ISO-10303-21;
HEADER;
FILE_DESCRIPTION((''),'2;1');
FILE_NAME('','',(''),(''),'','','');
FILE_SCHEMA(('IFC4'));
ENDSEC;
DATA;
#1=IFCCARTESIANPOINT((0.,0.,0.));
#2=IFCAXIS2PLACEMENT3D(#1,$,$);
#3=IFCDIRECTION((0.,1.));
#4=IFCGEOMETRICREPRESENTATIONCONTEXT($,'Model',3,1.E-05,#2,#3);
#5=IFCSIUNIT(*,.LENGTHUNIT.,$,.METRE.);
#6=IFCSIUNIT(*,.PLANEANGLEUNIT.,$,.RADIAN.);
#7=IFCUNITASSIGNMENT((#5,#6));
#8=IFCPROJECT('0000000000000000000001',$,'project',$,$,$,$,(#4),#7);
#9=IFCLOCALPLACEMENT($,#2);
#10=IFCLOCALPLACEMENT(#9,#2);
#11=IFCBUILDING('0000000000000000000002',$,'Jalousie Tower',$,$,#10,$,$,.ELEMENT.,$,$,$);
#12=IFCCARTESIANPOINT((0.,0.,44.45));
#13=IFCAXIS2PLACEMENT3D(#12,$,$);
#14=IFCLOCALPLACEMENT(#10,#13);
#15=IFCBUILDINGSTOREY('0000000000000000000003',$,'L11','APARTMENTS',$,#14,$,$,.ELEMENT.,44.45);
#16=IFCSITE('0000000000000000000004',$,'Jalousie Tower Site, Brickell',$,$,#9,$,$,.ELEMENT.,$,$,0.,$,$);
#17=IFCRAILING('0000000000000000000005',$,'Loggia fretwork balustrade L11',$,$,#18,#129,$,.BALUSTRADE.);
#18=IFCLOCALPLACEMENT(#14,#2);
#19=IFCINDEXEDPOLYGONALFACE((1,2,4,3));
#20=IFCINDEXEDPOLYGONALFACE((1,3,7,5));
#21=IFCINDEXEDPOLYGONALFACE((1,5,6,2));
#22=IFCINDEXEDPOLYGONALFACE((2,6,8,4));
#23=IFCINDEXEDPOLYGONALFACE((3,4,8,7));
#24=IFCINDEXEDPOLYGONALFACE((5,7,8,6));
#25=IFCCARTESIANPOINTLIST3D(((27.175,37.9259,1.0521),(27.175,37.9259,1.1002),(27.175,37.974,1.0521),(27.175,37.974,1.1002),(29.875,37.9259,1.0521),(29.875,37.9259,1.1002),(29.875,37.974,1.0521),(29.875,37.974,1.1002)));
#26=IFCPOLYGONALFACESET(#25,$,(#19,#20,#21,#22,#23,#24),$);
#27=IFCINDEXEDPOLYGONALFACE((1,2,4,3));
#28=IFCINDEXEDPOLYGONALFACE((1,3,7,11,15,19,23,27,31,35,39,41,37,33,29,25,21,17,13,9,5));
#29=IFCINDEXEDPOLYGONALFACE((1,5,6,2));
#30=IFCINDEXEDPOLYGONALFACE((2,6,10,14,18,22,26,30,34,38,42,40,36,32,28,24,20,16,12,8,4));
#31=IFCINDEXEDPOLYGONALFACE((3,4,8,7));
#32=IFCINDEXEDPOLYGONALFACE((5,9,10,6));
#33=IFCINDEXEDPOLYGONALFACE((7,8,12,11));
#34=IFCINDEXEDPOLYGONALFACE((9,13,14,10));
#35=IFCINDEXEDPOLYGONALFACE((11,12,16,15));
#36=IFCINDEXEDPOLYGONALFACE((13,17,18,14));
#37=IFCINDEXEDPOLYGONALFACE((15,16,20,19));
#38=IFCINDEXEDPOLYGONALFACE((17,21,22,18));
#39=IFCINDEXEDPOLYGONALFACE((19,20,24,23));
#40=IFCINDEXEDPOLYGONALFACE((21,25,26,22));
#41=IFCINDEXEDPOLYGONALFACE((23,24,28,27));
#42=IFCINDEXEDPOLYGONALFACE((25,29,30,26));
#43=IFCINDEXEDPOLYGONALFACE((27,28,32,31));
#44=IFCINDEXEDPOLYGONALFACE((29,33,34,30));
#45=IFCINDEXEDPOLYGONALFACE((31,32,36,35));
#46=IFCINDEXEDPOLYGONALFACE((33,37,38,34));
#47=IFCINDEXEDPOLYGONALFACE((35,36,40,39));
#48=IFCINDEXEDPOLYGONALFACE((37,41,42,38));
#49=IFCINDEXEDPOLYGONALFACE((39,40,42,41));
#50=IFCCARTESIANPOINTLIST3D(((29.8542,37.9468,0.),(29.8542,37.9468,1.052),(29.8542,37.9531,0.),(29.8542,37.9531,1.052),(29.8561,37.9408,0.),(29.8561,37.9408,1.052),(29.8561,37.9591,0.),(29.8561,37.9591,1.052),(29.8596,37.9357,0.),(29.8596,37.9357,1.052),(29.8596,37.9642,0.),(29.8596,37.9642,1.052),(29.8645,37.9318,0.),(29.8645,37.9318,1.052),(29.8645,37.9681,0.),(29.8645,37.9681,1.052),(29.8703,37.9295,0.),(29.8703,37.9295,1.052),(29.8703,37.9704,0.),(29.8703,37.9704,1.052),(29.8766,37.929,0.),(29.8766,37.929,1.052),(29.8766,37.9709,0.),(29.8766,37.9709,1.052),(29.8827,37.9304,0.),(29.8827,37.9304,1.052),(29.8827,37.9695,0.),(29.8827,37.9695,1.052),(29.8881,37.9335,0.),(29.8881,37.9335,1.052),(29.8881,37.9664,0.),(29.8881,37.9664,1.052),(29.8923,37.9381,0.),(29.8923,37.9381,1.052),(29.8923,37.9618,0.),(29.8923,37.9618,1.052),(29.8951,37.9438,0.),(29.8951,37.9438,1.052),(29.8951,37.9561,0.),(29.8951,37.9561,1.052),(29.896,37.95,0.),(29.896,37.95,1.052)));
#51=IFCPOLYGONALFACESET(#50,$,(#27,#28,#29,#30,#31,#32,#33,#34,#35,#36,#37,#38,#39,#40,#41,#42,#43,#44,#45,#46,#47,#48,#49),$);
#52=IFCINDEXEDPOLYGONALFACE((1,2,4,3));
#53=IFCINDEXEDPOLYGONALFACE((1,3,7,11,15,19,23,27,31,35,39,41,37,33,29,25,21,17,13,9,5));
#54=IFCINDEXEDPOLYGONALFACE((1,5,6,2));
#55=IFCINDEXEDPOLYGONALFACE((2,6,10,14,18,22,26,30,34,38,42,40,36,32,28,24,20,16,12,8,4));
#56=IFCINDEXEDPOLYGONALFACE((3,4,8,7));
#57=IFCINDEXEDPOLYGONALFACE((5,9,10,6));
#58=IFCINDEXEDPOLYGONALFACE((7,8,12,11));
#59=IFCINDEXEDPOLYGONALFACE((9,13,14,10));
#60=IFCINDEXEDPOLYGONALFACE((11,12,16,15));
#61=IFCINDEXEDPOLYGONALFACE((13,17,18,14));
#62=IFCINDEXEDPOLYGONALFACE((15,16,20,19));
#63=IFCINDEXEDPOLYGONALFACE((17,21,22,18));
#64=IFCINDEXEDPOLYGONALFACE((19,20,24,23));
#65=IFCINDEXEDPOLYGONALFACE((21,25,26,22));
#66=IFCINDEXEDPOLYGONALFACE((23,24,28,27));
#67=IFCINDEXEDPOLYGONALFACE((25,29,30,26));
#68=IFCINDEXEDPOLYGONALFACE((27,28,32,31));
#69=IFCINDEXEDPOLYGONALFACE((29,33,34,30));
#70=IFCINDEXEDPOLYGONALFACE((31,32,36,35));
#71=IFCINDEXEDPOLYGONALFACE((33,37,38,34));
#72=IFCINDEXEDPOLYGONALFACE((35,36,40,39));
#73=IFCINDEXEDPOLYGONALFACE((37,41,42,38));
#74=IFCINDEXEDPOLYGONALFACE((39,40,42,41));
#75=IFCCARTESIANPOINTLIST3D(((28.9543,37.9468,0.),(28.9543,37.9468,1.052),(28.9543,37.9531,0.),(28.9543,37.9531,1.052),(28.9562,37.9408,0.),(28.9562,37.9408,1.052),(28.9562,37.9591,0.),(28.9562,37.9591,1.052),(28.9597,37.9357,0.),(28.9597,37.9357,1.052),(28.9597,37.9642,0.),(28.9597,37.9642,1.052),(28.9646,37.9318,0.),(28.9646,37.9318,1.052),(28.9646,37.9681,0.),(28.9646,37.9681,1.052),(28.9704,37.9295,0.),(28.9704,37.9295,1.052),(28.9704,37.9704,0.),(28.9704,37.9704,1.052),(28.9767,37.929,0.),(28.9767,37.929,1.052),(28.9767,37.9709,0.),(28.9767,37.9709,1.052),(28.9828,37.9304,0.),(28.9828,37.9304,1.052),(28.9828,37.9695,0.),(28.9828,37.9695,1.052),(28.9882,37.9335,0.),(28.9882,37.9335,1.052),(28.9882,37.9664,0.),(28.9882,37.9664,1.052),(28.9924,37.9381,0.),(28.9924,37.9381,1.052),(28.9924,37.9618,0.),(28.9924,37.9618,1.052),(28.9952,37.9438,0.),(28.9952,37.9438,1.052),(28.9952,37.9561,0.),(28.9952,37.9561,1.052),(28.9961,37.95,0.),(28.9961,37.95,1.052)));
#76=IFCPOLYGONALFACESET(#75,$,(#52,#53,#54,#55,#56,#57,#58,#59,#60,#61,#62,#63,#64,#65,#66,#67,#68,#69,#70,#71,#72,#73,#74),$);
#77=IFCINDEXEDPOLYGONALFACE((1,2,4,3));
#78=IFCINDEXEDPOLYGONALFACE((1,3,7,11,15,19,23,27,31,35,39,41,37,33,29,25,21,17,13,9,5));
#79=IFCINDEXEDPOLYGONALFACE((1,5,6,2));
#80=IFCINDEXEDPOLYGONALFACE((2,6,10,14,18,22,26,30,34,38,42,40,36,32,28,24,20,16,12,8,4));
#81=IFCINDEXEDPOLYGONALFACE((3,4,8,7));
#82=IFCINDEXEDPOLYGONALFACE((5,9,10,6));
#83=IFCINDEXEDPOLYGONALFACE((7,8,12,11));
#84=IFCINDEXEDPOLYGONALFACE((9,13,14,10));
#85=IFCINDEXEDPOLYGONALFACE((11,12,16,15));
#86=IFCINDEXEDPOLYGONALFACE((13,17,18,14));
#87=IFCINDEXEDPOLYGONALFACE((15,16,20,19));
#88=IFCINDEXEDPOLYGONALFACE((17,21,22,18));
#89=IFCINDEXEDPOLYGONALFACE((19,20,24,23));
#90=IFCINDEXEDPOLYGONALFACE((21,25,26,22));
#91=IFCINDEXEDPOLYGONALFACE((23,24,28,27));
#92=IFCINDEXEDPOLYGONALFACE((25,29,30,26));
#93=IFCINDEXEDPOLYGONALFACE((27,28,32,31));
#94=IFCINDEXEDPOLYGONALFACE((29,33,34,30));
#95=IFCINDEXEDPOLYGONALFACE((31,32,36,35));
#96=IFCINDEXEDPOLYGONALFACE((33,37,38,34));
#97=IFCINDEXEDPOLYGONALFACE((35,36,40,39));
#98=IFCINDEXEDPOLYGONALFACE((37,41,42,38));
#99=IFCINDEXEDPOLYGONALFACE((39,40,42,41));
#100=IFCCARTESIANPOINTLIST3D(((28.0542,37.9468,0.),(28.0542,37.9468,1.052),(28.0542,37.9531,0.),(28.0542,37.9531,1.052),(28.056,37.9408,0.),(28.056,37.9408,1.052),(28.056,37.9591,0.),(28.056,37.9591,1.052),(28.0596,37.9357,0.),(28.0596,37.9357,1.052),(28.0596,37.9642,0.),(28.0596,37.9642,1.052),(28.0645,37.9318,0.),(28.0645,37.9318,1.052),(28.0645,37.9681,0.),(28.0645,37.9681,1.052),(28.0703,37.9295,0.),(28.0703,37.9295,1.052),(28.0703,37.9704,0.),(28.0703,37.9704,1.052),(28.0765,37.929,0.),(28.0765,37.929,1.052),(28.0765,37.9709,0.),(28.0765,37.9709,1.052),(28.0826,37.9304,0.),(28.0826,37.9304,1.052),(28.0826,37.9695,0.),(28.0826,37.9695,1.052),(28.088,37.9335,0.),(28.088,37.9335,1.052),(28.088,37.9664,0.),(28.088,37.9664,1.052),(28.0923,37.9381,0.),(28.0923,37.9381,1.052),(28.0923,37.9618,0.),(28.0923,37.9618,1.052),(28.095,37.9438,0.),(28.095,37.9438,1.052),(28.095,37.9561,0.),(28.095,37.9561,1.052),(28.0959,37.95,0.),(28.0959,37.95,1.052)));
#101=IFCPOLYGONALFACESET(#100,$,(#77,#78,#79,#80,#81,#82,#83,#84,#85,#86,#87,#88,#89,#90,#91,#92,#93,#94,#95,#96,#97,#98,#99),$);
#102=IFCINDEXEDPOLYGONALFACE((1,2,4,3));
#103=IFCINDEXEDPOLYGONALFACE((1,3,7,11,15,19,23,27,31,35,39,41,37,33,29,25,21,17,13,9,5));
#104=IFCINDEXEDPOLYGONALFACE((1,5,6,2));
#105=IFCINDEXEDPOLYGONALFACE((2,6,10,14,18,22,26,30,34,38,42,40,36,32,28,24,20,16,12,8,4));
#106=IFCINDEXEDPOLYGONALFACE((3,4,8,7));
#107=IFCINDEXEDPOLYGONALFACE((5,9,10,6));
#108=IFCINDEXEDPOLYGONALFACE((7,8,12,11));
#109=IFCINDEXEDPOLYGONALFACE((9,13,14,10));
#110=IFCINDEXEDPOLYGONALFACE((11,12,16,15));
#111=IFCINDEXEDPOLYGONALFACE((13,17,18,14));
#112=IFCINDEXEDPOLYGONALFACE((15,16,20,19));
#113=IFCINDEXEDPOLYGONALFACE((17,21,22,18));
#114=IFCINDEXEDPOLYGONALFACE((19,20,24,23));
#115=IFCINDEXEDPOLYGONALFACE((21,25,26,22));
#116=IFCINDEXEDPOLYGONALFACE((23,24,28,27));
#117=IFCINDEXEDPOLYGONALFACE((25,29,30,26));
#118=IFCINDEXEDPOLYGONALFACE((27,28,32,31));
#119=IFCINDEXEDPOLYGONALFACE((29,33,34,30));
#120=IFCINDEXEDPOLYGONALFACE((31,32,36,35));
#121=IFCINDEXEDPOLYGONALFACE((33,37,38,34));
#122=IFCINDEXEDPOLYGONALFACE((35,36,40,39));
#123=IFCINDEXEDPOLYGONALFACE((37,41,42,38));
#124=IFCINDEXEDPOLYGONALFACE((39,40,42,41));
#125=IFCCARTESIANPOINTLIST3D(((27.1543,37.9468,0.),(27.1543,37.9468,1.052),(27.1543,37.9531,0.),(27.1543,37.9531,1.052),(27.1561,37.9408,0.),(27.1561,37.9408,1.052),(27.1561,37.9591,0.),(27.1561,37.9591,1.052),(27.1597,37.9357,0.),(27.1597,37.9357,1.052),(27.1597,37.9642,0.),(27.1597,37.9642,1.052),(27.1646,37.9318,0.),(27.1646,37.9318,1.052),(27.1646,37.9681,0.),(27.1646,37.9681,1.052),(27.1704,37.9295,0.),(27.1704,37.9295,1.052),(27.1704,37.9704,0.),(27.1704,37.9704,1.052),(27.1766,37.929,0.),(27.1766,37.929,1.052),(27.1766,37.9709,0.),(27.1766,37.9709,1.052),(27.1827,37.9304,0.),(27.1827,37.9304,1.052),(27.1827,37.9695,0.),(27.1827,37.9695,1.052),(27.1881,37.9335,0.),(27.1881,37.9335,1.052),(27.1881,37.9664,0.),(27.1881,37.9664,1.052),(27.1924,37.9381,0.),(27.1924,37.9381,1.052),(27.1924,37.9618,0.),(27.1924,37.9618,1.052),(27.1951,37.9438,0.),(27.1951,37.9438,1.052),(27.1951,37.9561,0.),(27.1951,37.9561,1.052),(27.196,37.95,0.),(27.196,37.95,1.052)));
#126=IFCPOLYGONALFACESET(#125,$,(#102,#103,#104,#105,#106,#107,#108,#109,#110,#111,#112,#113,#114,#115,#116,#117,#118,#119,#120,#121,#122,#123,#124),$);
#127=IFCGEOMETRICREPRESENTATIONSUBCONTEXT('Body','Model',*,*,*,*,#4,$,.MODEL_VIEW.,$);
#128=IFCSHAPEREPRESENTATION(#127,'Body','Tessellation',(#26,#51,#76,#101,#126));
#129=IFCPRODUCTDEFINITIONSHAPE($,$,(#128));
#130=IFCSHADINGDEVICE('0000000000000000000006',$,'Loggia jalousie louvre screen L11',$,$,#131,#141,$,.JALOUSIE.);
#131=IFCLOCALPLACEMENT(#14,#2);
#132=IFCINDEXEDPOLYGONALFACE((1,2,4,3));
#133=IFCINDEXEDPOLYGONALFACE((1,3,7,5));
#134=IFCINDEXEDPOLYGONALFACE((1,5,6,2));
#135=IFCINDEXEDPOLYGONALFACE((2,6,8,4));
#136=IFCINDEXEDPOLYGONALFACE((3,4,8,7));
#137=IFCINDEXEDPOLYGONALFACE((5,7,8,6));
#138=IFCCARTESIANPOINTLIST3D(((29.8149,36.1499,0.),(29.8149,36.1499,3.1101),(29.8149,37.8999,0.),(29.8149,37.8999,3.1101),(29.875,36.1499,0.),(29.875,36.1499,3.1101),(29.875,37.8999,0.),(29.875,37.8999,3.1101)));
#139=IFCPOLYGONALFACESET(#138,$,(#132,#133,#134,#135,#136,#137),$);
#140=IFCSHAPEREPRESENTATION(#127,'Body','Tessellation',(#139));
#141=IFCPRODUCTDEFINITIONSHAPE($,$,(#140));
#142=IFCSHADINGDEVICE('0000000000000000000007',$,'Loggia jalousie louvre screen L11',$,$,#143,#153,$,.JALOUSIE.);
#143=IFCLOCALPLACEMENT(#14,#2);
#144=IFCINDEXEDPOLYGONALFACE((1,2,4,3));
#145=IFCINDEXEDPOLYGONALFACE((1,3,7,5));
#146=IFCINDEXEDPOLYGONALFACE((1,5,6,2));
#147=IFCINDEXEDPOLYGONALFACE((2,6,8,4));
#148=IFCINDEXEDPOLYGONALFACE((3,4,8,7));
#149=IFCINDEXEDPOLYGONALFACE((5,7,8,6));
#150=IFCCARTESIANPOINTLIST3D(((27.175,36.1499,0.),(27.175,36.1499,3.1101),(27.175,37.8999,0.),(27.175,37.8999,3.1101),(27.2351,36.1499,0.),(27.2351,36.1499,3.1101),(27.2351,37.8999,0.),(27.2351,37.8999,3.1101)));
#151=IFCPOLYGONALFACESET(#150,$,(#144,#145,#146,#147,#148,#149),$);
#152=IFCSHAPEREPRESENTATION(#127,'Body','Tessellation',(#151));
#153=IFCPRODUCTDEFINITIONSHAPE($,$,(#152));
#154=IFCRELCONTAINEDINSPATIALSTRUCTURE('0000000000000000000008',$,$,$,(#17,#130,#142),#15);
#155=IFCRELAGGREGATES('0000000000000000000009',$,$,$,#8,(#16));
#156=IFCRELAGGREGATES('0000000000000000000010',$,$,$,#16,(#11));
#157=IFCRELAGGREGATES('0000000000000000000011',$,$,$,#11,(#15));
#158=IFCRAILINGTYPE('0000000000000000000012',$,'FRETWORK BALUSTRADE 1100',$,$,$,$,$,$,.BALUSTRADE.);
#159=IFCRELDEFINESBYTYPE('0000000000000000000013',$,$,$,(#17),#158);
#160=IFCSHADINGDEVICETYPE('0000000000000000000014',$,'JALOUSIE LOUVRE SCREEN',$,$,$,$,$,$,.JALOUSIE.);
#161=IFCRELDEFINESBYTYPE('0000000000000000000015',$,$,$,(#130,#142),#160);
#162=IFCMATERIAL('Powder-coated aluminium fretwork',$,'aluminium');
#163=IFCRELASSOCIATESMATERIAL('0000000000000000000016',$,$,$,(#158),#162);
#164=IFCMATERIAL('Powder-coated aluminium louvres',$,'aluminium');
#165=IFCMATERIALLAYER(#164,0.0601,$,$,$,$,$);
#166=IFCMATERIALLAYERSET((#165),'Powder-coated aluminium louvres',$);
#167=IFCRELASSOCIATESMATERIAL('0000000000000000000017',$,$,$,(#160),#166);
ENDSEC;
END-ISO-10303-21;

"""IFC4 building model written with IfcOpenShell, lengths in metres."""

from ifc_helpers import new_model, si_unit, direction, frame, origin, origin_2d, place, context, subcontext, project, spatial, rectangle, circle, extrude, material, layer, layer_set, type_object, element, save


model = new_model("IFC4")

# Units and contexts
model_context = context("Model", 3, precision=1e-05, world=origin(), true_north=direction((0.0, 1.0)))
body_context = subcontext(model_context, "Body", "Model", "MODEL_VIEW")
ifc_project = project(units=[si_unit("LENGTHUNIT", "METRE"), si_unit("PLANEANGLEUNIT", "RADIAN")], contexts=[model_context])

# Site, building, storey
site_placement = place(None, origin())
site = spatial("IfcSite", under=ifc_project, at=site_placement, Name="Jalousie Tower Site, Brickell", CompositionType="ELEMENT", RefElevation=0.0)
building_placement = place(site_placement, origin())
building = spatial("IfcBuilding", under=site, at=building_placement, Name="Jalousie Tower", CompositionType="ELEMENT")
storey_placement = place(building_placement, frame((0.0, 0.0, 44.45)))
storey = spatial("IfcBuildingStorey", under=building, at=storey_placement, Name="L11", Description="APARTMENTS", CompositionType="ELEMENT", Elevation=44.45)

# Railing
ifc_material_1 = material(Name="Powder-coated aluminium fretwork", Category="aluminium")
railing_type = type_object("IfcRailingType", Name="FRETWORK BALUSTRADE 1100", PredefinedType="BALUSTRADE", material=ifc_material_1)
railing_placement = place(storey_placement, frame((29.875, 37.95, 0.0)))
element("IfcRailing", 1, at=railing_placement, inside=storey, type_object=railing_type, Name="Loggia fretwork balustrade L11", PredefinedType="BALUSTRADE", context=body_context, shape_type="SweptSolid", body=[
    extrude(rectangle(XDim=0.0481, YDim=0.0481, at=origin_2d()), frame((0.0, 0.0, 1.0762), z_axis=(-1.0, 0.0, 0.0), x_axis=(0.0, -1.0, 0.0)), (0.0, 0.0, 1.0), 2.7),
    extrude(circle(Radius=0.021, at=origin_2d()), origin(), (0.0, 0.0, 1.0), 1.052),
    extrude(circle(Radius=0.021, at=origin_2d()), frame((-0.8999, 0.0, 0.0)), (0.0, 0.0, 1.0), 1.052),
    extrude(circle(Radius=0.021, at=origin_2d()), frame((-1.8, 0.0, 0.0)), (0.0, 0.0, 1.0), 1.052),
    extrude(circle(Radius=0.021, at=origin_2d()), frame((-2.7, 0.0, 0.0)), (0.0, 0.0, 1.0), 1.052),
])

# Shading devices
ifc_material_2 = material(Name="Powder-coated aluminium louvres", Category="aluminium")
ifc_layer_1 = layer(ifc_material_2, 0.0601)
ifc_layer_set_1 = layer_set([ifc_layer_1], Name="Powder-coated aluminium louvres")
shading_device_type_1 = type_object("IfcShadingDeviceType", Name="JALOUSIE LOUVRE SCREEN", PredefinedType="JALOUSIE", material=ifc_layer_set_1)
for number, where, z_axis, x_axis, name in (
    (2, (29.845, 37.0249, 0.0), (0.0, 0.0, 1.0), (-1.0, 0.0, 0.0), "Loggia jalousie louvre screen L11"),
    (3, (27.2051, 37.0249, 0.0), (0.0, 0.0, 1.0), (-1.0, 0.0, 0.0), "Loggia jalousie louvre screen L11"),
):
    element("IfcShadingDevice", number, at=place(storey_placement, frame(where, z_axis=z_axis, x_axis=x_axis)), inside=storey, type_object=shading_device_type_1, Name=name, PredefinedType="JALOUSIE", context=body_context, shape_type="SweptSolid", body=[
        extrude(rectangle(XDim=0.0601, YDim=1.75, at=origin_2d()), origin(), (0.0, 0.0, 1.0), 3.1101),
    ])

save(model, "model.ifc")
